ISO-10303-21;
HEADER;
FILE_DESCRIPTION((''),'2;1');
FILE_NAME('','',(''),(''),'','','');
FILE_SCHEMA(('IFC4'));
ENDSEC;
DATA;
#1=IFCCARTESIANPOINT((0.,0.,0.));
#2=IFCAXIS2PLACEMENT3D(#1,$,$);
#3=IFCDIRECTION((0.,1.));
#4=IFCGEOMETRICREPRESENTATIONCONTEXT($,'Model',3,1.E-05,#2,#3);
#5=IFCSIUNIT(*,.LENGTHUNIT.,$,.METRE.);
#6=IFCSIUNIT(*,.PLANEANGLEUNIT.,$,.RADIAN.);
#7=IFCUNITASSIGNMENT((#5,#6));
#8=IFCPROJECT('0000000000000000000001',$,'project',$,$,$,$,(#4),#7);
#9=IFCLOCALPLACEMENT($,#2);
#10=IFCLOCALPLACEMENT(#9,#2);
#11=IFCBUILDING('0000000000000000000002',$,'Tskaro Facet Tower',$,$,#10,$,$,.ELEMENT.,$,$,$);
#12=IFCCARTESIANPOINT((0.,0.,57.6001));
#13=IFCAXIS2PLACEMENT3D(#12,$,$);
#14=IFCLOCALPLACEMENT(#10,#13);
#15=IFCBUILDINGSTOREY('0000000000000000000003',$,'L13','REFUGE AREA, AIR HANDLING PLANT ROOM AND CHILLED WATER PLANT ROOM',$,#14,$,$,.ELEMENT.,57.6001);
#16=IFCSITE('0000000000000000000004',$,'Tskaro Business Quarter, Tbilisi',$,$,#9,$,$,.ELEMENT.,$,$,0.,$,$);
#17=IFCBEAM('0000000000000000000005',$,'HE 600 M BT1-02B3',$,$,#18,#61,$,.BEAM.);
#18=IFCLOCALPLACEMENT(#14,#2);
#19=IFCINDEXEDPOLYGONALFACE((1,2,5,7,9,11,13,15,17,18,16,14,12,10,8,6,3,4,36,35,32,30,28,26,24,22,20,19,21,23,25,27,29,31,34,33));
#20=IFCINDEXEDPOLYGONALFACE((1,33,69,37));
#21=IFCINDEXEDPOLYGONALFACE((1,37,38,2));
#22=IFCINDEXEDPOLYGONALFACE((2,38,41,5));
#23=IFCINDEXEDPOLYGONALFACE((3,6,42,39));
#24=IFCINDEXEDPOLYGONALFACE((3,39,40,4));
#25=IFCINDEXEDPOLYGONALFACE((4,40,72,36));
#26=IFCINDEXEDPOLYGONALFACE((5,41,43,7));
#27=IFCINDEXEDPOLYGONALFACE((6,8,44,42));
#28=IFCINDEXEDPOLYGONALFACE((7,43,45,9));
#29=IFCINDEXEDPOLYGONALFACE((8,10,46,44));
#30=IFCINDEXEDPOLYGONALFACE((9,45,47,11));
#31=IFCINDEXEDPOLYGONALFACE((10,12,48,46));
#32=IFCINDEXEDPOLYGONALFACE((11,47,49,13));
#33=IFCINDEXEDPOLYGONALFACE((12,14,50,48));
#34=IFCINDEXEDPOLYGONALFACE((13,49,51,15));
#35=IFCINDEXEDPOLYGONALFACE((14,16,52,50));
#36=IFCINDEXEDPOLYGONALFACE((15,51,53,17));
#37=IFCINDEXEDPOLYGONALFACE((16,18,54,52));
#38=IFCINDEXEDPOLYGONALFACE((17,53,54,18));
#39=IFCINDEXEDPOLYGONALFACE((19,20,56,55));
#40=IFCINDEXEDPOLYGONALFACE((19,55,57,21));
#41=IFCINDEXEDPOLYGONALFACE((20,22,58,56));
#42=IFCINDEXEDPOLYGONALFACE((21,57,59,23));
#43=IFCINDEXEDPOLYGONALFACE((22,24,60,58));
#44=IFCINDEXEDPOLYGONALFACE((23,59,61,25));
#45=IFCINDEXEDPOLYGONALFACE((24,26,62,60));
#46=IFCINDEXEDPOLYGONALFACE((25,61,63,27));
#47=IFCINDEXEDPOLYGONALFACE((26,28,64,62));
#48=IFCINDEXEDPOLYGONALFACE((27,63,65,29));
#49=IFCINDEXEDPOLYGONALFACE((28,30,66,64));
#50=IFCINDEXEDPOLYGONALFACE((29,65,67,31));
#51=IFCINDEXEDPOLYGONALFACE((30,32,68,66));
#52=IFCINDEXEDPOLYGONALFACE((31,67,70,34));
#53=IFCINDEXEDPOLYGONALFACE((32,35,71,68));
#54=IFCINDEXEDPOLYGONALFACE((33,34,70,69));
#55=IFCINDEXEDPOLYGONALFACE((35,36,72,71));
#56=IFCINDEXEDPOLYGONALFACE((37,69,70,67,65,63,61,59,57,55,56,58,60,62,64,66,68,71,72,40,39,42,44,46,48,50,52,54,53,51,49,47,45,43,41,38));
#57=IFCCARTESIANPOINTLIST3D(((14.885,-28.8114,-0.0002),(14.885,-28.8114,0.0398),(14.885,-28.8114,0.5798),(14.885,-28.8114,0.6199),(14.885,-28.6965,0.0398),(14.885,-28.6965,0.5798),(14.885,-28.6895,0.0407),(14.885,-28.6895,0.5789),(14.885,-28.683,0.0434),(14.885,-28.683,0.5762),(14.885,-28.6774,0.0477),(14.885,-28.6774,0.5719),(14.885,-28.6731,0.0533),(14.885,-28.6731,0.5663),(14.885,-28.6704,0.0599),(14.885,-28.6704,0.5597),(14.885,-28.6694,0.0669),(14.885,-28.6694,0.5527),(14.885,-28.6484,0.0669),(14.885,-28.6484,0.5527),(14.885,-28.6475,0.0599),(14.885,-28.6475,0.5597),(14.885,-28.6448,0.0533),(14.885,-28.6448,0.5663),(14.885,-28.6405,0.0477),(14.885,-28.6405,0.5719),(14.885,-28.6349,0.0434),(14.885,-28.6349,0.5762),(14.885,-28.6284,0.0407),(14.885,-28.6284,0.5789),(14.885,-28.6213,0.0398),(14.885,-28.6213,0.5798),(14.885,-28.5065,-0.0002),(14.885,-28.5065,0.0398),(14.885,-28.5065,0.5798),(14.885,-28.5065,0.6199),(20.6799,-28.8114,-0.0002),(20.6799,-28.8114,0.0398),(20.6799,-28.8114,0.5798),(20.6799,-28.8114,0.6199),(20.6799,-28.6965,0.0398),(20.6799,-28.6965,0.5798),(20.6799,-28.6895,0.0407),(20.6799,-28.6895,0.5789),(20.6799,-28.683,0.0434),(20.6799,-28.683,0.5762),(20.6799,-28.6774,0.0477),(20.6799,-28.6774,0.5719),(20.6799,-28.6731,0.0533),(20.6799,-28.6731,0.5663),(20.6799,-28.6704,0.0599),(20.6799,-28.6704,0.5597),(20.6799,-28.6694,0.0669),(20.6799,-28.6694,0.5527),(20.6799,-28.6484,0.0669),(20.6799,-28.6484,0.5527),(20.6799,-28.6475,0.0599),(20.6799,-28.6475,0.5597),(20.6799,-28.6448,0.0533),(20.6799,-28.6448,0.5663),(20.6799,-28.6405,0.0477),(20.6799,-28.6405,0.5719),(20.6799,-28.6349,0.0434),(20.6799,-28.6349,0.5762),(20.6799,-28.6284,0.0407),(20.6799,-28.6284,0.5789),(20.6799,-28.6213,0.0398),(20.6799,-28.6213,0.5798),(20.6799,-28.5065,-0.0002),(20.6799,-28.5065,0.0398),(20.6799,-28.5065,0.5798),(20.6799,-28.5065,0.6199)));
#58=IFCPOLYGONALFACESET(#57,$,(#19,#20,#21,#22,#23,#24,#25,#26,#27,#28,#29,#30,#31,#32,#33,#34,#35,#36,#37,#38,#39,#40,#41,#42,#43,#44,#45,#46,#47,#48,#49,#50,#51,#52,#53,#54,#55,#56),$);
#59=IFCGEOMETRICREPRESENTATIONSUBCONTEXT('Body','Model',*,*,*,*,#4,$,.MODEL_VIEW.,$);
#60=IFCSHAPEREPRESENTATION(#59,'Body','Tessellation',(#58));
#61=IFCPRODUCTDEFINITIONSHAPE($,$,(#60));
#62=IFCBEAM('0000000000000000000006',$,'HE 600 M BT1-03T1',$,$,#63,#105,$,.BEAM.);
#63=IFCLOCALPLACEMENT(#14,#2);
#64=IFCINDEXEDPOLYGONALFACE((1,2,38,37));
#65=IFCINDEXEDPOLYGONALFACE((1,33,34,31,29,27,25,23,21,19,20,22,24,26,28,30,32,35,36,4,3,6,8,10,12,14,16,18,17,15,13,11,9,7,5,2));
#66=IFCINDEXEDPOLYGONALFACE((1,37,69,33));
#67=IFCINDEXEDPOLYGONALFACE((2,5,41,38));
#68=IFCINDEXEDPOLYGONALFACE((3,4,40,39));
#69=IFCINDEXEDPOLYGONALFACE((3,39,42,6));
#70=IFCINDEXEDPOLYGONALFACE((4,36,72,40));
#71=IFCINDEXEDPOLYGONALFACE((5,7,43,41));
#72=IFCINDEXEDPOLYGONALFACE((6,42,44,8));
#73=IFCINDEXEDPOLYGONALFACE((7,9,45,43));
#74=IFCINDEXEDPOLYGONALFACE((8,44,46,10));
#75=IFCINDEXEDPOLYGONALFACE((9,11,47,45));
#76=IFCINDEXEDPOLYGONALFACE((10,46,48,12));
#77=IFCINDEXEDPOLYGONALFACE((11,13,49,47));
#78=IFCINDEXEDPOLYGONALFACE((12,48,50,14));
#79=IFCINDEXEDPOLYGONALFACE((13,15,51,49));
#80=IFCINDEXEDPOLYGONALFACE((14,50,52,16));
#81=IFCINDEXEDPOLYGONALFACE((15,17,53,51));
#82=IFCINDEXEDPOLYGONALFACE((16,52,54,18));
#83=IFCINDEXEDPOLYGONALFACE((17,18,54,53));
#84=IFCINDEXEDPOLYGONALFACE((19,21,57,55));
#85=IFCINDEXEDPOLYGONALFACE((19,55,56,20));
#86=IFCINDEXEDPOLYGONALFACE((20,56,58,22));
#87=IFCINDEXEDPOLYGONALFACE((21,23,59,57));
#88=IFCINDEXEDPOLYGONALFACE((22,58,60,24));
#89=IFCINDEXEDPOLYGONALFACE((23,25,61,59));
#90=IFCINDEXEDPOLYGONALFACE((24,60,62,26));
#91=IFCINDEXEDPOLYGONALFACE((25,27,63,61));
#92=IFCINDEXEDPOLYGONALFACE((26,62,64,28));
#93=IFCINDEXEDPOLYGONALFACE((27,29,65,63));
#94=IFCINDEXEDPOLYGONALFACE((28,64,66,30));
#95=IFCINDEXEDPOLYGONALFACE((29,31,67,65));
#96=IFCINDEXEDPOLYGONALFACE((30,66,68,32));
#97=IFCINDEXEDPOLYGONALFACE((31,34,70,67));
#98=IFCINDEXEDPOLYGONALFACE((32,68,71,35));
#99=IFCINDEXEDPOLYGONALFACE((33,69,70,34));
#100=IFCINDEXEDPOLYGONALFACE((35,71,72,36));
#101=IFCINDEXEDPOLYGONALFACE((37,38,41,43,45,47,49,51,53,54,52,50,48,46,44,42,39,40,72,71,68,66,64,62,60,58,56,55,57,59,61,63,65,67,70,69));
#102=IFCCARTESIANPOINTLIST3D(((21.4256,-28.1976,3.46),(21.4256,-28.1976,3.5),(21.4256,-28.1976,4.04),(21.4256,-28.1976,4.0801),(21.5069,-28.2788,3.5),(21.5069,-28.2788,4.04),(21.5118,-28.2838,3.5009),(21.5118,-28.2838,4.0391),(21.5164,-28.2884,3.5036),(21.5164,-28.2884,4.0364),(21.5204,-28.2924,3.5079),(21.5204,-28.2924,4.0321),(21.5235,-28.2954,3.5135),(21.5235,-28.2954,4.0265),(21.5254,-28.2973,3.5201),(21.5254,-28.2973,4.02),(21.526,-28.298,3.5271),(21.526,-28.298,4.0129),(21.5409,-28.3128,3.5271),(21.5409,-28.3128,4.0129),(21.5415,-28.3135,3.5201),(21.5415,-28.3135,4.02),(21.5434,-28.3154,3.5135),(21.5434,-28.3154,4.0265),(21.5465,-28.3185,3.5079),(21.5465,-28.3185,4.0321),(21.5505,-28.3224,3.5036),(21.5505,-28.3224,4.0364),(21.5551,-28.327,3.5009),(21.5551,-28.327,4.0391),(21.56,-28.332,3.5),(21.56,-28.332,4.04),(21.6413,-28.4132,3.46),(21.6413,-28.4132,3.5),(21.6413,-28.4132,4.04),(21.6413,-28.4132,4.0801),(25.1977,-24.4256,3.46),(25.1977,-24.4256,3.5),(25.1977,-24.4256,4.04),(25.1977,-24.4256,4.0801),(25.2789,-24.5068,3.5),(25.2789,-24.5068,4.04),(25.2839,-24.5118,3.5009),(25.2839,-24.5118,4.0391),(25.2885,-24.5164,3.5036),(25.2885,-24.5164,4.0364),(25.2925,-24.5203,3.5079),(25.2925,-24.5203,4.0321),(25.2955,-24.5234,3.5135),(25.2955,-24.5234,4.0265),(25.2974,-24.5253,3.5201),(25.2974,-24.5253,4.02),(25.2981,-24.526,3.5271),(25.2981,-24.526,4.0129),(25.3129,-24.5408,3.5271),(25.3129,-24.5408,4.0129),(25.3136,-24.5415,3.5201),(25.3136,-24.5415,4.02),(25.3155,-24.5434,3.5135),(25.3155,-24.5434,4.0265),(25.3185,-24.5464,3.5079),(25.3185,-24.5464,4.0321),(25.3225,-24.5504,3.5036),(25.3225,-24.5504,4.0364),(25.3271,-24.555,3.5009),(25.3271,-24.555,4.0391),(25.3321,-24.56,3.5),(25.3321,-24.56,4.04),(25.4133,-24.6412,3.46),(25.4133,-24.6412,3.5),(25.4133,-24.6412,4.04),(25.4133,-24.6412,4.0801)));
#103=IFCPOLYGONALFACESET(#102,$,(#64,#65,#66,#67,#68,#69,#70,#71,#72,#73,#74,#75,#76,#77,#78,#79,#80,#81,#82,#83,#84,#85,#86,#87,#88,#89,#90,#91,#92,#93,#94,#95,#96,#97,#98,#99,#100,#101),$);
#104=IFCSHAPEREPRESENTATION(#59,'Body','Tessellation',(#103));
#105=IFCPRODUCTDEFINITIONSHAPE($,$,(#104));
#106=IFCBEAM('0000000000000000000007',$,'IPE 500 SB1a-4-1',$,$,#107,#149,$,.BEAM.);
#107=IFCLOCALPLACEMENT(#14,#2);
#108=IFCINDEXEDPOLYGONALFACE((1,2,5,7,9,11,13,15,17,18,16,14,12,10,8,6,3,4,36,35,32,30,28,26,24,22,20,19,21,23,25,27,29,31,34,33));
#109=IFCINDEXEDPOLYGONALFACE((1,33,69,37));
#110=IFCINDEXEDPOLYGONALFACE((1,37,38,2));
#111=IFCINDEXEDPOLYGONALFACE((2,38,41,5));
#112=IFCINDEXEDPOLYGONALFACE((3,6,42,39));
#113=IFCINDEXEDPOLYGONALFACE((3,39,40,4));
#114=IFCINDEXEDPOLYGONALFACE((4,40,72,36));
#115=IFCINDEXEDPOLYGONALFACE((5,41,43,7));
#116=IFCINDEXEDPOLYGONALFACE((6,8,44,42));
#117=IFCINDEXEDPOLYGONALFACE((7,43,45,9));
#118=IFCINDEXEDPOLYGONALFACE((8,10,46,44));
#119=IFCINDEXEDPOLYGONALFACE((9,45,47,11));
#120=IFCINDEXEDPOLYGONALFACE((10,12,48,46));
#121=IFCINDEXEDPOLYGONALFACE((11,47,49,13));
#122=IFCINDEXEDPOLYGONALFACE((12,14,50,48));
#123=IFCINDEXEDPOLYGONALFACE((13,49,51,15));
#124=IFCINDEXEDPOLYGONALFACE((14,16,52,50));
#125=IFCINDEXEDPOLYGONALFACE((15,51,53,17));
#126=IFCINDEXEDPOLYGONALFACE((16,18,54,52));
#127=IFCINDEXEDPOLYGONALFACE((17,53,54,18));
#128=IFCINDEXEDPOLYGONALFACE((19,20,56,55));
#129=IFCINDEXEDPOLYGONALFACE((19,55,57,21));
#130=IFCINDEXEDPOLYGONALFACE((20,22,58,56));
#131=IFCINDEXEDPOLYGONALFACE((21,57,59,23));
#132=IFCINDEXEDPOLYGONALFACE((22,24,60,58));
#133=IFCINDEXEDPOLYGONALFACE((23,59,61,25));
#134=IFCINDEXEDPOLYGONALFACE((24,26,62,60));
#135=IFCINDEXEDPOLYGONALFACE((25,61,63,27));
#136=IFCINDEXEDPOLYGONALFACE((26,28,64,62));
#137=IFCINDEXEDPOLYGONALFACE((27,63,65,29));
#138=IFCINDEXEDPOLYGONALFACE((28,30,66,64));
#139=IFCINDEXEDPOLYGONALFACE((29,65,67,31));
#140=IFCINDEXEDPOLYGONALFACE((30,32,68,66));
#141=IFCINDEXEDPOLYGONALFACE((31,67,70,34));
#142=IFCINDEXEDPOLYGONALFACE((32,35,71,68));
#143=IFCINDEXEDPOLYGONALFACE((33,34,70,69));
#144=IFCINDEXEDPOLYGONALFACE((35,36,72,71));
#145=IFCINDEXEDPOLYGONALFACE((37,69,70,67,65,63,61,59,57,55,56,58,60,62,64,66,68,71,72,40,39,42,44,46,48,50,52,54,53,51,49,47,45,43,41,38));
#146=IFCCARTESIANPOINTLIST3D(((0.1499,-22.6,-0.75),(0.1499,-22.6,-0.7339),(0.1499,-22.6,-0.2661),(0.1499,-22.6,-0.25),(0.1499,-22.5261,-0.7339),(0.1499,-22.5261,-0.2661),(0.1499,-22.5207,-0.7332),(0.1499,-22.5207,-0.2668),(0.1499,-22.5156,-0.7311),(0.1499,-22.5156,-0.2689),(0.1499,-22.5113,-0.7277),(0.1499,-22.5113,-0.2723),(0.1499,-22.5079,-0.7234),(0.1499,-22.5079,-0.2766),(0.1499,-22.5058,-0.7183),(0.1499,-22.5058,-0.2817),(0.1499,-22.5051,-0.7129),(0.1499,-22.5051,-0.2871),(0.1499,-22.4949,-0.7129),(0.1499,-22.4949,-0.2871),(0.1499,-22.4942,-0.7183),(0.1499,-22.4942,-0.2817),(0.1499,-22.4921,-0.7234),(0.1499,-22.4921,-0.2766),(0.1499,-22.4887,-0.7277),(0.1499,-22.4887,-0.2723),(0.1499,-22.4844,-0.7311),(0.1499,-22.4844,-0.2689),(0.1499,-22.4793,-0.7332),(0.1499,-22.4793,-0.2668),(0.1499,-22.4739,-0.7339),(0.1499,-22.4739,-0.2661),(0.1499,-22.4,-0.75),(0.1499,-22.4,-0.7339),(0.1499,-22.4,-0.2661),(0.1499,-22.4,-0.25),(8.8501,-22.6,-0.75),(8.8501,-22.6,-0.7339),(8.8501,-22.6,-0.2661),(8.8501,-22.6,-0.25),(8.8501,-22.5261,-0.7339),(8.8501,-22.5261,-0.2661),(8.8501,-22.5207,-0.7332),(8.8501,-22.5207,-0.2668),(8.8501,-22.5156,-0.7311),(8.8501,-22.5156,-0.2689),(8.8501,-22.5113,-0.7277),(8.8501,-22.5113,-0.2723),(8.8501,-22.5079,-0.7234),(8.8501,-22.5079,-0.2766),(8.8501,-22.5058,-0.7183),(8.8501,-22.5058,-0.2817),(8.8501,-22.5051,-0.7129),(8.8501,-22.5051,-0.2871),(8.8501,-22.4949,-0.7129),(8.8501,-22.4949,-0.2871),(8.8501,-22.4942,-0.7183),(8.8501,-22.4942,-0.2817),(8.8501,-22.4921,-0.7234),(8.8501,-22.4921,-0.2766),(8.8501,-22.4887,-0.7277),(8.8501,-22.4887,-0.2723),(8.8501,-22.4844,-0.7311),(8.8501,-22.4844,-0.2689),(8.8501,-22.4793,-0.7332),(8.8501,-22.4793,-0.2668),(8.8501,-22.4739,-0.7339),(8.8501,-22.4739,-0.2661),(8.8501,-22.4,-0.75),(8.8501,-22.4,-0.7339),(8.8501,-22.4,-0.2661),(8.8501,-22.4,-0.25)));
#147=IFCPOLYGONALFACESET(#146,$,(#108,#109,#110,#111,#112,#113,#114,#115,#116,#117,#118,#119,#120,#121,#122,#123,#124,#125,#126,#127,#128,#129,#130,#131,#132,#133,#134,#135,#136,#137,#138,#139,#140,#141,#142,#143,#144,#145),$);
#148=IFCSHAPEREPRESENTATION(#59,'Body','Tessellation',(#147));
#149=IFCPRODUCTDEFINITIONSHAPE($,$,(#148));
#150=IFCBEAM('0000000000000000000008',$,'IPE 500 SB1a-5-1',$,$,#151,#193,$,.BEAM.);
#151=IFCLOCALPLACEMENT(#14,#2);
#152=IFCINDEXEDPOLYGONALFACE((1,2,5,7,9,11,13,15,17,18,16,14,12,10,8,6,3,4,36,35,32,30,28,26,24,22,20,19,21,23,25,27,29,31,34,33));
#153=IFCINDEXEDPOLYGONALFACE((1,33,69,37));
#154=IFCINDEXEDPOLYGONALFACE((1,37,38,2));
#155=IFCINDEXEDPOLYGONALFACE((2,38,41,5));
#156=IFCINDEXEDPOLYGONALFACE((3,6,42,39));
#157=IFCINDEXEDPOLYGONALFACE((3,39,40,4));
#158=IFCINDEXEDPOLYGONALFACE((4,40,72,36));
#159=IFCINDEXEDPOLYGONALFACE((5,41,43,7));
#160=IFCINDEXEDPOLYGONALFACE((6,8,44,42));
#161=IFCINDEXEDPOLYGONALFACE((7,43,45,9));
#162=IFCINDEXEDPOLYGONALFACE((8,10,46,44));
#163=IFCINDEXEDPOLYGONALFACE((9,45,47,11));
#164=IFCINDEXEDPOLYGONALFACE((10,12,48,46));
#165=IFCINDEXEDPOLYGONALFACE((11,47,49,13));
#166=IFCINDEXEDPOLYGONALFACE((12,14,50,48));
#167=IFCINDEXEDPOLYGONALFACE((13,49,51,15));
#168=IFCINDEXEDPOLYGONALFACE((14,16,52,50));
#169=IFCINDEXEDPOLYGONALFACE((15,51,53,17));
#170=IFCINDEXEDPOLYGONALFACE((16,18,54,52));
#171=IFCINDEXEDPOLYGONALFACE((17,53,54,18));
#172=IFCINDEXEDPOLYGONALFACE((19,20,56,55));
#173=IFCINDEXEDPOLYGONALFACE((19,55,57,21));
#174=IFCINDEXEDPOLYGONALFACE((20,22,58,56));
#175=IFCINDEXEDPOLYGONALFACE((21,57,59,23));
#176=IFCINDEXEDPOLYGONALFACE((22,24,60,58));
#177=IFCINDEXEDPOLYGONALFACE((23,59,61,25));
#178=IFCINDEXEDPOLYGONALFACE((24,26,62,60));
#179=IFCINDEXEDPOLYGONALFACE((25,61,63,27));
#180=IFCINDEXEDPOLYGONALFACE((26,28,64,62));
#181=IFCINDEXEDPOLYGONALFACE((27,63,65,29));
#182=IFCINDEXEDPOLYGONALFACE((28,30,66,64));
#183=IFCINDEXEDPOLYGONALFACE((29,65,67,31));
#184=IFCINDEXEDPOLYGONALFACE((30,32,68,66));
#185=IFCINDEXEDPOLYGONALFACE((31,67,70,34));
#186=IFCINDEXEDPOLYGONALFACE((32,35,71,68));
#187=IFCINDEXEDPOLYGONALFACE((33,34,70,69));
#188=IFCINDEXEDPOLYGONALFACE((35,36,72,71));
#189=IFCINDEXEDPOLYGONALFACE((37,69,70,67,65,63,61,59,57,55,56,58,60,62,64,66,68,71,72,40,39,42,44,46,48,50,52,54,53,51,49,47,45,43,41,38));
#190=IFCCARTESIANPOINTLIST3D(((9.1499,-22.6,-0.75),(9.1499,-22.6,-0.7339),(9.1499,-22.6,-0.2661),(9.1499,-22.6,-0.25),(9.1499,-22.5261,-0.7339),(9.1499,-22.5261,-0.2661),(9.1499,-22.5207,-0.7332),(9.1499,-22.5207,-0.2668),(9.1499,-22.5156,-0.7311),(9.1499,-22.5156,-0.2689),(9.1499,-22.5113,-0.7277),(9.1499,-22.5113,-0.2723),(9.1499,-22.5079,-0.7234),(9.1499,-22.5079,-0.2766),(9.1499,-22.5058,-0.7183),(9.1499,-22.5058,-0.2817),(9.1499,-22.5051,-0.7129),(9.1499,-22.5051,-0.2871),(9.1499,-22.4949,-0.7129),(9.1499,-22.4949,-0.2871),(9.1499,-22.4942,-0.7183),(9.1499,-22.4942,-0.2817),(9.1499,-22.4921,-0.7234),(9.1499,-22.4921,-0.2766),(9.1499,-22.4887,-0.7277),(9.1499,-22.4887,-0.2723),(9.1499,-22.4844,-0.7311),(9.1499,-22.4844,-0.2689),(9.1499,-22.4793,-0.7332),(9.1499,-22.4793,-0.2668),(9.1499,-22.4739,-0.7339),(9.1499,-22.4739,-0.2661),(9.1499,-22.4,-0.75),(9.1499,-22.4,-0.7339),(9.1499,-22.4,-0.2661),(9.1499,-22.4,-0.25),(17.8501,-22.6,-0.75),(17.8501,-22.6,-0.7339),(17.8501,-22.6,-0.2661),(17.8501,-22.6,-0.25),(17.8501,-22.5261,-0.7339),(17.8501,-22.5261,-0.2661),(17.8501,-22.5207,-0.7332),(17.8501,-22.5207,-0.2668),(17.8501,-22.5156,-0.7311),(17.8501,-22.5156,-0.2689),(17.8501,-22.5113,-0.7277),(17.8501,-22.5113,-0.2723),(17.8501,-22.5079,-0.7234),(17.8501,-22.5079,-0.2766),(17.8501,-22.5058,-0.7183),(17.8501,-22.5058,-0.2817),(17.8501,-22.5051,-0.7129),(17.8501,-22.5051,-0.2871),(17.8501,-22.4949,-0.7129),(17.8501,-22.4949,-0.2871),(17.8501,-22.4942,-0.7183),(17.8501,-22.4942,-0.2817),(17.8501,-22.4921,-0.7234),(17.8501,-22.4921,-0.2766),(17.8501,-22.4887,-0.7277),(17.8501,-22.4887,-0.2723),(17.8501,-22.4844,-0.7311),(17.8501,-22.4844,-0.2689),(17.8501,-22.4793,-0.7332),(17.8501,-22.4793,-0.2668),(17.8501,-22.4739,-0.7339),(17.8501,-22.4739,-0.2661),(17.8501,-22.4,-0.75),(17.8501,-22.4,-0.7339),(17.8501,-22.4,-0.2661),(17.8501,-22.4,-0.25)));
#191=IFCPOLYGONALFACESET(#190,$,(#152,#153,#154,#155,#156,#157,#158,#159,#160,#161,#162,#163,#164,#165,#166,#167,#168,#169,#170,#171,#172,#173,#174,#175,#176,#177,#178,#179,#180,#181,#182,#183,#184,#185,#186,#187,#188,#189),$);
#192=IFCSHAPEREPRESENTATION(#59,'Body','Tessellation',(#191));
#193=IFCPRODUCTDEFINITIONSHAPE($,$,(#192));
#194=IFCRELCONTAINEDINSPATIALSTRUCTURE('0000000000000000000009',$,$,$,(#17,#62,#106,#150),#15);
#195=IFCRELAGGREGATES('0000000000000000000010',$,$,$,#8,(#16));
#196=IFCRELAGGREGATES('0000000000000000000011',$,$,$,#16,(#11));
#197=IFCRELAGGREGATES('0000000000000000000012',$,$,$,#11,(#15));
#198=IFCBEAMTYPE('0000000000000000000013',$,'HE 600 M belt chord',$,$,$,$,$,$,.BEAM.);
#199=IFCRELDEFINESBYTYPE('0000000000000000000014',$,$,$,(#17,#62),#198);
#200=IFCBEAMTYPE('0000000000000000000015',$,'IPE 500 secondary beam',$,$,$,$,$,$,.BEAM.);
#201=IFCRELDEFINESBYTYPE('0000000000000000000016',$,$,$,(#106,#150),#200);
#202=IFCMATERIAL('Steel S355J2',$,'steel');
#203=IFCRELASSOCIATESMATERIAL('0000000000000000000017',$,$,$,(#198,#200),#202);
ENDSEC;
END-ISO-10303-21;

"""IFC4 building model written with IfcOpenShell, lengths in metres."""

from ifc_helpers import new_model, si_unit, direction, frame, origin, origin_2d, place, context, subcontext, project, spatial, i_section, extrude, material, material_profile, profile_set, type_object, element, save


model = new_model("IFC4")

# Units and contexts
model_context = context("Model", 3, precision=1e-05, world=origin(), true_north=direction((0.0, 1.0)))
body_context = subcontext(model_context, "Body", "Model", "MODEL_VIEW")
ifc_project = project(units=[si_unit("LENGTHUNIT", "METRE"), si_unit("PLANEANGLEUNIT", "RADIAN")], contexts=[model_context])

# Site, building, storey
site_placement = place(None, origin())
site = spatial("IfcSite", under=ifc_project, at=site_placement, Name="Tskaro Business Quarter, Tbilisi", CompositionType="ELEMENT", RefElevation=0.0)
building_placement = place(site_placement, origin())
building = spatial("IfcBuilding", under=site, at=building_placement, Name="Tskaro Facet Tower", CompositionType="ELEMENT")
storey_placement = place(building_placement, frame((0.0, 0.0, 57.6001)))
storey = spatial("IfcBuildingStorey", under=building, at=storey_placement, Name="L13", Description="REFUGE AREA, AIR HANDLING PLANT ROOM AND CHILLED WATER PLANT ROOM", CompositionType="ELEMENT", Elevation=57.6001)

# Shared definitions
ifc_material_1 = material(Name="Steel S355J2", Category="steel")

# Beams
ifc_material_profile_1 = material_profile(ifc_material_1, i_section(OverallWidth=0.3049, OverallDepth=0.6201, WebThickness=0.021, FlangeThickness=0.04, FilletRadius=0.0271, at=origin_2d()), Name="HE 600 M")
ifc_profile_set_1 = profile_set([ifc_material_profile_1], Name="Steel S355J2")
beam_type_1 = type_object("IfcBeamType", Name="HE 600 M belt chord", PredefinedType="BEAM", material=ifc_profile_set_1)
beam_1_placement = place(storey_placement, frame((14.885, -28.6589, 0.3098), z_axis=(1.0, 0.0, 0.0), x_axis=(0.0, 1.0, 0.0)))
element("IfcBeam", 1, at=beam_1_placement, inside=storey, type_object=beam_type_1, Name="HE 600 M BT1-02B3", PredefinedType="BEAM", context=body_context, shape_type="SweptSolid", body=[
    extrude(i_section(OverallWidth=0.3049, OverallDepth=0.6201, WebThickness=0.021, FlangeThickness=0.04, FilletRadius=0.0271, at=origin_2d()), origin(), (0.0, 0.0, 1.0), 5.7949),
])
beam_2_placement = place(storey_placement, frame((21.5334, -28.3054, 3.77), z_axis=(0.707107, 0.707107, 0.0), x_axis=(-0.707107, 0.707107, 0.0)))
element("IfcBeam", 2, at=beam_2_placement, inside=storey, type_object=beam_type_1, Name="HE 600 M BT1-03T1", PredefinedType="BEAM", context=body_context, shape_type="SweptSolid", body=[
    extrude(i_section(OverallWidth=0.3049, OverallDepth=0.6201, WebThickness=0.021, FlangeThickness=0.04, FilletRadius=0.0271, at=origin_2d()), origin(), (0.0, 0.0, 1.0), 5.3345),
])
ifc_material_profile_2 = material_profile(ifc_material_1, i_section(OverallWidth=0.2, OverallDepth=0.5, WebThickness=0.0103, FlangeThickness=0.0161, FilletRadius=0.021, at=origin_2d()), Name="IPE 500")
ifc_profile_set_2 = profile_set([ifc_material_profile_2], Name="Steel S355J2")
beam_type_2 = type_object("IfcBeamType", Name="IPE 500 secondary beam", PredefinedType="BEAM", material=ifc_profile_set_2)
for number, where, z_axis, x_axis, name in (
    (3, (0.1499, -22.5, -0.5), (1.0, 0.0, 0.0), (0.0, 1.0, 0.0), "IPE 500 SB1a-4-1"),
    (4, (9.1499, -22.5, -0.5), (1.0, 0.0, 0.0), (0.0, 1.0, 0.0), "IPE 500 SB1a-5-1"),
):
    element("IfcBeam", number, at=place(storey_placement, frame(where, z_axis=z_axis, x_axis=x_axis)), inside=storey, type_object=beam_type_2, Name=name, PredefinedType="BEAM", context=body_context, shape_type="SweptSolid", body=[
        extrude(i_section(OverallWidth=0.2, OverallDepth=0.5, WebThickness=0.0103, FlangeThickness=0.0161, FilletRadius=0.021, at=origin_2d()), origin(), (0.0, 0.0, 1.0), 8.7002),
    ])

save(model, "model.ifc")
